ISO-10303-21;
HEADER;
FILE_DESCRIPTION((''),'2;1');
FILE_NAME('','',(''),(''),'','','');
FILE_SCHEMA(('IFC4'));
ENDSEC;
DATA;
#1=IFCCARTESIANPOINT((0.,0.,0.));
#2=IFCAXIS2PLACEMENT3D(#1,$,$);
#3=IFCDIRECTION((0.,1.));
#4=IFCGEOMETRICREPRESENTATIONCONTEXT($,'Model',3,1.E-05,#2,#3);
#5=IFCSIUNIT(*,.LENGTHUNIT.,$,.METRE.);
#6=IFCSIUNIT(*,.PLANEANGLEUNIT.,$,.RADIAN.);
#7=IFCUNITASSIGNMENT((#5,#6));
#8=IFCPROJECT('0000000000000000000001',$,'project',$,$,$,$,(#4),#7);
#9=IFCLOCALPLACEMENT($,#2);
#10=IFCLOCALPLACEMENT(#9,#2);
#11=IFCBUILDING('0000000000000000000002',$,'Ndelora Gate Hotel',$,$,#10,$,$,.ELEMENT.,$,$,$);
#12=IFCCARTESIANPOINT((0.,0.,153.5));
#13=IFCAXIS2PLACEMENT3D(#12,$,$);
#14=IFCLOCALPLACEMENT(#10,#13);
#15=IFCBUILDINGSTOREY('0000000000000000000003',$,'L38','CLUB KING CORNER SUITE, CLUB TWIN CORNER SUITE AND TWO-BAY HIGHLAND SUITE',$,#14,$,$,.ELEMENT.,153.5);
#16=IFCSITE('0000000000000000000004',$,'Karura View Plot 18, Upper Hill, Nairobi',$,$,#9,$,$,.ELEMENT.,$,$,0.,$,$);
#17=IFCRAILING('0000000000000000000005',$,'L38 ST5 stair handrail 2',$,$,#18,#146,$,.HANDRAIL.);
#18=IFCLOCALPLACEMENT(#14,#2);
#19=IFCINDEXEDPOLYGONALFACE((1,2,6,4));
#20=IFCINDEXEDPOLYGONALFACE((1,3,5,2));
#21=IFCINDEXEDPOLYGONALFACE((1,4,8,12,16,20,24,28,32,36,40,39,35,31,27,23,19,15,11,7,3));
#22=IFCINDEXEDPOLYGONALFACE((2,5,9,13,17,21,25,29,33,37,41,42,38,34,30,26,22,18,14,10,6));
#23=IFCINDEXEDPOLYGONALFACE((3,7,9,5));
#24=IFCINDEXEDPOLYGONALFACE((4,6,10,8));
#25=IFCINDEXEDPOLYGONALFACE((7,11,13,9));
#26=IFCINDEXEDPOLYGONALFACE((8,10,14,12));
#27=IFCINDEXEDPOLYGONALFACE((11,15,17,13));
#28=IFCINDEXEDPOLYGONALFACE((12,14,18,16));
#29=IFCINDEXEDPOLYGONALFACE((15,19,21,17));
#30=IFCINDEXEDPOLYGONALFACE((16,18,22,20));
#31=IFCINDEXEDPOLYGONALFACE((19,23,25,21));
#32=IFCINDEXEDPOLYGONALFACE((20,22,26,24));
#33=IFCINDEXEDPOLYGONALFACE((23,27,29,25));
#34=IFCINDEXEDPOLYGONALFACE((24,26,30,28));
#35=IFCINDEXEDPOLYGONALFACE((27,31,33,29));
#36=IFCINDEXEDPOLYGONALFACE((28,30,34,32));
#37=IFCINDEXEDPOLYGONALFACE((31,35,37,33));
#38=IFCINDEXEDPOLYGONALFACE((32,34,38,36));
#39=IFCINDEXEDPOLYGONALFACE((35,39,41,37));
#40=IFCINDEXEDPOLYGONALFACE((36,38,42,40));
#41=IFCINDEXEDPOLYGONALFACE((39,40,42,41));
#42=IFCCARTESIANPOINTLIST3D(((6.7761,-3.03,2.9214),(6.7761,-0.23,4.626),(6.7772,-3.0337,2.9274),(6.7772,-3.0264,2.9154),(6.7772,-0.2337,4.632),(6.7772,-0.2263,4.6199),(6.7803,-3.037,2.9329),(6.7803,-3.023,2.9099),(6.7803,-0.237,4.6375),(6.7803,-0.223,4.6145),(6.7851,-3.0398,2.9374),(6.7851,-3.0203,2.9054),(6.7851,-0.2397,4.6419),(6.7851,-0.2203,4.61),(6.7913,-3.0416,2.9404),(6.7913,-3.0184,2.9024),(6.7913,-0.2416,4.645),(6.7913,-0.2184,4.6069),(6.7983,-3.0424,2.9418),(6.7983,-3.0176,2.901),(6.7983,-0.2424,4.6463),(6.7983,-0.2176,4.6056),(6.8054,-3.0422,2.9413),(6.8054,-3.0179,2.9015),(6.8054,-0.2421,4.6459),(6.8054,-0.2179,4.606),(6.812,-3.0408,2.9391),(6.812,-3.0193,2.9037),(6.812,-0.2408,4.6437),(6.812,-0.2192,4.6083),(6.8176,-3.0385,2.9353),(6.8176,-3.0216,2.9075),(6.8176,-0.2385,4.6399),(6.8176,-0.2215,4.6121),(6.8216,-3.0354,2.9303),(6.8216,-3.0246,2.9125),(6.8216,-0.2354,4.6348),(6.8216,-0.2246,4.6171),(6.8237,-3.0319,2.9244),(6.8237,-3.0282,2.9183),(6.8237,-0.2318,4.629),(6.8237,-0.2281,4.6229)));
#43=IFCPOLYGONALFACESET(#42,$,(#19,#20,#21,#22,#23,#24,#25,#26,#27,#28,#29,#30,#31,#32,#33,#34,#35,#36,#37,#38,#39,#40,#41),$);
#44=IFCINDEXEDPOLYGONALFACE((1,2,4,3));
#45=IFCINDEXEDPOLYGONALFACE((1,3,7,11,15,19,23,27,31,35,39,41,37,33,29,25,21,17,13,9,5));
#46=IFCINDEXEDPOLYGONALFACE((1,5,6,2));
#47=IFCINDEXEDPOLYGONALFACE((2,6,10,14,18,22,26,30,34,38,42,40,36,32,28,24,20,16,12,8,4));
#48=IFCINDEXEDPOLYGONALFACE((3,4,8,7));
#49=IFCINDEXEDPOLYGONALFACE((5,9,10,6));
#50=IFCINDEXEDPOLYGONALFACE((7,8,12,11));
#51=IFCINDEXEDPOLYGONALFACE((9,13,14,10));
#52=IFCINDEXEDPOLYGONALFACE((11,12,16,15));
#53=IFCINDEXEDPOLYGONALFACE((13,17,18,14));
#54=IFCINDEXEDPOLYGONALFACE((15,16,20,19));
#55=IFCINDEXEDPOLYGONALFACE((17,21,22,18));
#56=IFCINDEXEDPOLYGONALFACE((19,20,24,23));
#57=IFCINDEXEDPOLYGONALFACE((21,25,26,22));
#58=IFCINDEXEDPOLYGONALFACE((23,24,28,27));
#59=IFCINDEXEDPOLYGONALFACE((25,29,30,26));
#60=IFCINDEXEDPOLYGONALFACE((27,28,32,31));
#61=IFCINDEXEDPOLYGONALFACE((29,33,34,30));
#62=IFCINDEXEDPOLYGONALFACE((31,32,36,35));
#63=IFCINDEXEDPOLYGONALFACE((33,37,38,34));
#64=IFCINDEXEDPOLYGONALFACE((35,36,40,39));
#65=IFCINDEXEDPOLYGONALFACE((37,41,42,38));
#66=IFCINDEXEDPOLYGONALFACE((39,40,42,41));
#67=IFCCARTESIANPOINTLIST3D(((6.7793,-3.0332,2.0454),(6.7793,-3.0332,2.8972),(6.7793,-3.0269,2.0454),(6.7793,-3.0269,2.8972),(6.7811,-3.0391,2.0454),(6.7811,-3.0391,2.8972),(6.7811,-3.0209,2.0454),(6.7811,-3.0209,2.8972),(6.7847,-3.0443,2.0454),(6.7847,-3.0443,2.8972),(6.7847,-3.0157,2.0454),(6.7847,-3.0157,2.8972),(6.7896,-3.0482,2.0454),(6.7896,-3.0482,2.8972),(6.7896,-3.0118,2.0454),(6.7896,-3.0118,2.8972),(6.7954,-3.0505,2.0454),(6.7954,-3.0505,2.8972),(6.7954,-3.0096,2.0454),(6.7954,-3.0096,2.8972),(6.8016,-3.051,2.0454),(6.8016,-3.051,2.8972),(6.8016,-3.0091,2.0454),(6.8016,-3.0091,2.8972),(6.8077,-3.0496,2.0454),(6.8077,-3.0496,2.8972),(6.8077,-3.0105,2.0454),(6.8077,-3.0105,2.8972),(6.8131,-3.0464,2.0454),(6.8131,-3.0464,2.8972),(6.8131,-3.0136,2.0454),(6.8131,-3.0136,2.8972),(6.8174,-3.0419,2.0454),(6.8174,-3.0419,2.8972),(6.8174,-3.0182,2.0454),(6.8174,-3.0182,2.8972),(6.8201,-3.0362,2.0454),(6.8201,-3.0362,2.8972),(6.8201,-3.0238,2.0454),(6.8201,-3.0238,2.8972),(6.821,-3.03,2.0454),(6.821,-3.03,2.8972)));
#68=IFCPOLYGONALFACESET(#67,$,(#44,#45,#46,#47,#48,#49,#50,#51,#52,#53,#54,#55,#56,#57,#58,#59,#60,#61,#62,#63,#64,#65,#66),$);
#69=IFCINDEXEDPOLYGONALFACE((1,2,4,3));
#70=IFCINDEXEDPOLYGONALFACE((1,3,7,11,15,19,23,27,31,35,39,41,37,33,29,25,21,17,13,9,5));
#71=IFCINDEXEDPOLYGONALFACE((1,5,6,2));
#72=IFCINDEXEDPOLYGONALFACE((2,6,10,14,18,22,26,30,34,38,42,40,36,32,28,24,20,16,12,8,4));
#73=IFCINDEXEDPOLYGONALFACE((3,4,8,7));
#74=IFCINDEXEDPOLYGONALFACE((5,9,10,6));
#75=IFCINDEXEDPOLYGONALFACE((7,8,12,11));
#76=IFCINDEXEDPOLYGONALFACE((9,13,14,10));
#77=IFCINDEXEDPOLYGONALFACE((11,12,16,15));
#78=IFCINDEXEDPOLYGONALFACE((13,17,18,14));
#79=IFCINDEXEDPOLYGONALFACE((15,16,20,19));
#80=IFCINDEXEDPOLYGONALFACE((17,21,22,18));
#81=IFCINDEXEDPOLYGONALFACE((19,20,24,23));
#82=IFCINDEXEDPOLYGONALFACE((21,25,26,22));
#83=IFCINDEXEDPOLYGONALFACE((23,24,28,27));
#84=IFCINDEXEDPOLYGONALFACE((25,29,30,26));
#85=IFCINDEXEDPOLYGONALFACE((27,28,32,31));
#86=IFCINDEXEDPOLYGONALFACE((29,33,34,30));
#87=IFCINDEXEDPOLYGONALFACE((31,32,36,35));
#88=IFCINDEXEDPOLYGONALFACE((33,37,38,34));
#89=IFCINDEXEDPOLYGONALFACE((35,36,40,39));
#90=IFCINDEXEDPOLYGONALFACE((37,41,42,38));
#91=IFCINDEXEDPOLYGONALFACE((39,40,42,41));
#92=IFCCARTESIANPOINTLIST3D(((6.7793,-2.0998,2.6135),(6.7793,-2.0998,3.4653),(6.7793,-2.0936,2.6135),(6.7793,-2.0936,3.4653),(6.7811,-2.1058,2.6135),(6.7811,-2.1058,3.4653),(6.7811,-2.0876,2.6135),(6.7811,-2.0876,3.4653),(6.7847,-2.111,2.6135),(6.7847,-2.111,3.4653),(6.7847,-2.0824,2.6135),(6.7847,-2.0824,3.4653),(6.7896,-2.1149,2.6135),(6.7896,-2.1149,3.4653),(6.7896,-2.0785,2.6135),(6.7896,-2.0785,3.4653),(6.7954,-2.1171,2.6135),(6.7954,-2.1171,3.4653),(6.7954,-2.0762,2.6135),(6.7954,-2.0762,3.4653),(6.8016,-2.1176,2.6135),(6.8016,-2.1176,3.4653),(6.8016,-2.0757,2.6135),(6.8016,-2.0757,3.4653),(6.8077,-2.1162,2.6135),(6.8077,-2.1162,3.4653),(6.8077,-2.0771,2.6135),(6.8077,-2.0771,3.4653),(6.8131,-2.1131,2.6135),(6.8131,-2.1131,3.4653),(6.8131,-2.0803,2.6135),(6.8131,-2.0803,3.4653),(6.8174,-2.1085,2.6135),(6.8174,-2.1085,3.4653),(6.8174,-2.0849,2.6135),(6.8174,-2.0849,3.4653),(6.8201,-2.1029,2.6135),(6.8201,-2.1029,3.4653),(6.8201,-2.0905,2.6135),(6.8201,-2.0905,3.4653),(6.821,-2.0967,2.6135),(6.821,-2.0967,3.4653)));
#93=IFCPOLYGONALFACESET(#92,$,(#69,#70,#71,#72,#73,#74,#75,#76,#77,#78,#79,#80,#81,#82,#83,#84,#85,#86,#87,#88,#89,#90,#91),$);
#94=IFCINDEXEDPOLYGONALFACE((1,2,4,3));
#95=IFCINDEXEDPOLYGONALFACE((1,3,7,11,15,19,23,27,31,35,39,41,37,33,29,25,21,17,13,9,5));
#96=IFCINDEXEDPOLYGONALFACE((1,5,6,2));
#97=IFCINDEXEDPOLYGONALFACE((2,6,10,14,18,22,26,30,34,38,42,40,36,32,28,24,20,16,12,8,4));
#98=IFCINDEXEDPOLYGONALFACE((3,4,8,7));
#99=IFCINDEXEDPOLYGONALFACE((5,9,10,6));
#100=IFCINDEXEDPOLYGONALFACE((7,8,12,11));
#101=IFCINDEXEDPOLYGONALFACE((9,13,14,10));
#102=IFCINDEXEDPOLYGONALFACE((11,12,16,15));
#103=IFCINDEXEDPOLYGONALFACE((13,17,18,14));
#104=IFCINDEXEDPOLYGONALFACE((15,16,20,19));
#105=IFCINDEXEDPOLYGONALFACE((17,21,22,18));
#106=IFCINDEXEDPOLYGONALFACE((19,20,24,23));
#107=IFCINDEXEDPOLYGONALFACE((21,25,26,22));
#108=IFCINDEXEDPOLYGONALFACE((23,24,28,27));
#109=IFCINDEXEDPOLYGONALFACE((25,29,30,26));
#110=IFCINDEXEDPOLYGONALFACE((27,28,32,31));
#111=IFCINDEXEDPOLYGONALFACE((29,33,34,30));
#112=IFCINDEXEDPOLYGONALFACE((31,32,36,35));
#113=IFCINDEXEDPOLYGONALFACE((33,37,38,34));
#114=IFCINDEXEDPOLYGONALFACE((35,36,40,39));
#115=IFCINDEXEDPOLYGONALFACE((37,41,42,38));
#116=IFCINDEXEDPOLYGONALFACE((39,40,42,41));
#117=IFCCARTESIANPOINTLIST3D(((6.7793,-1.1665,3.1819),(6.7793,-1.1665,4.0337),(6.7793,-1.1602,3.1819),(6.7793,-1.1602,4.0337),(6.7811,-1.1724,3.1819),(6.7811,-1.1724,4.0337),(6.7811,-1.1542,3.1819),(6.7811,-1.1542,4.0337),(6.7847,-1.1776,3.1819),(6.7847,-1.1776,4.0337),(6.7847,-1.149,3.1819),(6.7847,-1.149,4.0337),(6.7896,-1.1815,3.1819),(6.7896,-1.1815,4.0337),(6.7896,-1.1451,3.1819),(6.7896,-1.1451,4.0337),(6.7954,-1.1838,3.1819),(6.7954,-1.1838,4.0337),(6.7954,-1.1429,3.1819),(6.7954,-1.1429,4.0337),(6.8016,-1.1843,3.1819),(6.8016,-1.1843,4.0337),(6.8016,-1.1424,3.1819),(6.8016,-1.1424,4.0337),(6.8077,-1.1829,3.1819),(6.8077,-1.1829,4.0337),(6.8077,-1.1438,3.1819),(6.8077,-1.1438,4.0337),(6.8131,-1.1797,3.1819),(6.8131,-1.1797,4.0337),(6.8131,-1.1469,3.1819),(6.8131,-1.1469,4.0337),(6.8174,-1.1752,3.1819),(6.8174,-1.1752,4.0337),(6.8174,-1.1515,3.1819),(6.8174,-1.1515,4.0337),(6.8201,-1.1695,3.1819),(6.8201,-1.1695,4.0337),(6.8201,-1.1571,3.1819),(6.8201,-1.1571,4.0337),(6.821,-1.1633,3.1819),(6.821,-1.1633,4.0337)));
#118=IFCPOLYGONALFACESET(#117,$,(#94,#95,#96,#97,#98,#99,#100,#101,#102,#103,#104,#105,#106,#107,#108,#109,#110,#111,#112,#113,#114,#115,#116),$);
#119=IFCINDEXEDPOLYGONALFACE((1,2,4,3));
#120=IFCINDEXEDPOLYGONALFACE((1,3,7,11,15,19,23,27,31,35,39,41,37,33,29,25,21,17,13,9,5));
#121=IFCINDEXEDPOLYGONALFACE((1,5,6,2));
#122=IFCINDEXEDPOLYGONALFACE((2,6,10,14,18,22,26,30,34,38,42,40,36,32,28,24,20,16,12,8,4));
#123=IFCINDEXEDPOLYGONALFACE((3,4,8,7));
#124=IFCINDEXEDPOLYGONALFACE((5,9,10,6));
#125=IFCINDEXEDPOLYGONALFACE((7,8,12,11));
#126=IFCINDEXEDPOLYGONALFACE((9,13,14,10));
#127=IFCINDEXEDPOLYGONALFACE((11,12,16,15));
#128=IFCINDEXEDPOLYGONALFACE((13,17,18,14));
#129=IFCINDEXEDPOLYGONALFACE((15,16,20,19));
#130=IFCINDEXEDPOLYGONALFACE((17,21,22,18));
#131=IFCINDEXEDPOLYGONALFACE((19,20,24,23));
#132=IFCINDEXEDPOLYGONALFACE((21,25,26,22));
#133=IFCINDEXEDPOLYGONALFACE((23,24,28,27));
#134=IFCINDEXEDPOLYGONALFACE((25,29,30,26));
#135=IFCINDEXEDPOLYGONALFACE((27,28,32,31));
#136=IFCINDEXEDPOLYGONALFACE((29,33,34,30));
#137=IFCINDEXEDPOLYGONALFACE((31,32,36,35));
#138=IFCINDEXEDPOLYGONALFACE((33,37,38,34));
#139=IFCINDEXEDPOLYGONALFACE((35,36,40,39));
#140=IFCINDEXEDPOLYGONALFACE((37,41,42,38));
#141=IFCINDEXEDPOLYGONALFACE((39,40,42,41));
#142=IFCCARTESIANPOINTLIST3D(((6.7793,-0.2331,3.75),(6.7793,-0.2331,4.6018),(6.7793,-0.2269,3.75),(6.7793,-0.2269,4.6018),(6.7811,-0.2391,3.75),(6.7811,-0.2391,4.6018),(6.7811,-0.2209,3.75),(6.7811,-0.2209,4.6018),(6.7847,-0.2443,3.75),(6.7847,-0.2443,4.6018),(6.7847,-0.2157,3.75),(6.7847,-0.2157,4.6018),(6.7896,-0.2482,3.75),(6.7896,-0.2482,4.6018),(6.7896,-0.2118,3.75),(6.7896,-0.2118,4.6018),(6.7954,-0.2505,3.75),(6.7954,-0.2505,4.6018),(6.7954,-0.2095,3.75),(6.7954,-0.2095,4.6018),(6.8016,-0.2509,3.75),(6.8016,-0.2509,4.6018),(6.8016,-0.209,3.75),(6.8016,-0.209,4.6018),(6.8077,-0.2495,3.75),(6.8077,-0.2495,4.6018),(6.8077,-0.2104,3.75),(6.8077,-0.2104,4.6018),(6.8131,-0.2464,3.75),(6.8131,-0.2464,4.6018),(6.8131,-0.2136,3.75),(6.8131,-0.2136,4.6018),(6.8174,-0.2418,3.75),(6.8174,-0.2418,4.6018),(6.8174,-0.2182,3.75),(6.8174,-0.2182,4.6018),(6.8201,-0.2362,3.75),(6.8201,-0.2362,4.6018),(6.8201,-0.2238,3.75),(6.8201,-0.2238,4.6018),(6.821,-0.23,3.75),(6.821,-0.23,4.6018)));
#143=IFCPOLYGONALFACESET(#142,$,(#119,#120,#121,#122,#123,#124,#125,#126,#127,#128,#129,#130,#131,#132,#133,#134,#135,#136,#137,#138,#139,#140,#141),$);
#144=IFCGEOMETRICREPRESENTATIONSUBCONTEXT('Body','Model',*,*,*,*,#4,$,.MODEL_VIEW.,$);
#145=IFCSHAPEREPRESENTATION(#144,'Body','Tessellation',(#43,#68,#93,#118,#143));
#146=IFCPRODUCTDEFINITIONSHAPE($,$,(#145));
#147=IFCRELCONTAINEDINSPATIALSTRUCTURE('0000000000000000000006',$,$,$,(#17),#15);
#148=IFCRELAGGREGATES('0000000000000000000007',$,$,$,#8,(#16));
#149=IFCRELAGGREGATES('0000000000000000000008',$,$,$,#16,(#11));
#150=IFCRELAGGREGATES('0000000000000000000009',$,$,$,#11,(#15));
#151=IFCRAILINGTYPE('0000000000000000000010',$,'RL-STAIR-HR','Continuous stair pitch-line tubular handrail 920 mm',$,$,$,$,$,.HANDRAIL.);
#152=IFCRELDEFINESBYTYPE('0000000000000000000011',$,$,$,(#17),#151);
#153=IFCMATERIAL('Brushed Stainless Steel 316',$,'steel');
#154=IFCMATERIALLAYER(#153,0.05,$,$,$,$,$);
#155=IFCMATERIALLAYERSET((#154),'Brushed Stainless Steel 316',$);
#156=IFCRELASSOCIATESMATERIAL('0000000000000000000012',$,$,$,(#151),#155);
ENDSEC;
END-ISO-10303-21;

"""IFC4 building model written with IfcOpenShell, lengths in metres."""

from ifc_helpers import new_model, si_unit, direction, frame, origin, origin_2d, place, context, subcontext, project, spatial, circle, extrude, material, layer, layer_set, type_object, element, save


model = new_model("IFC4")

# Units and contexts
model_context = context("Model", 3, precision=1e-05, world=origin(), true_north=direction((0.0, 1.0)))
body_context = subcontext(model_context, "Body", "Model", "MODEL_VIEW")
ifc_project = project(units=[si_unit("LENGTHUNIT", "METRE"), si_unit("PLANEANGLEUNIT", "RADIAN")], contexts=[model_context])

# Site, building, storey
site_placement = place(None, origin())
site = spatial("IfcSite", under=ifc_project, at=site_placement, Name="Karura View Plot 18, Upper Hill, Nairobi", CompositionType="ELEMENT", RefElevation=0.0)
building_placement = place(site_placement, origin())
building = spatial("IfcBuilding", under=site, at=building_placement, Name="Ndelora Gate Hotel", CompositionType="ELEMENT")
storey_placement = place(building_placement, frame((0.0, 0.0, 153.5)))
storey = spatial("IfcBuildingStorey", under=building, at=storey_placement, Name="L38", Description="CLUB KING CORNER SUITE, CLUB TWIN CORNER SUITE AND TWO-BAY HIGHLAND SUITE", CompositionType="ELEMENT", Elevation=153.5)

# Railing
ifc_material_1 = material(Name="Brushed Stainless Steel 316", Category="steel")
ifc_layer_1 = layer(ifc_material_1, 0.05)
ifc_layer_set_1 = layer_set([ifc_layer_1], Name="Brushed Stainless Steel 316")
railing_type_1 = type_object("IfcRailingType", Name="RL-STAIR-HR", Description="Continuous stair pitch-line tubular handrail 920 mm", PredefinedType="HANDRAIL", material=ifc_layer_set_1)
railing_1_placement = place(storey_placement, frame((6.8, -3.03, 2.0454)))
element("IfcRailing", 1, at=railing_1_placement, inside=storey, type_object=railing_type_1, Name="L38 ST5 stair handrail 2", PredefinedType="HANDRAIL", context=body_context, shape_type="SweptSolid", body=[
    extrude(circle(Radius=0.0239, at=origin_2d()), frame((0.0, 0.0, 0.876), z_axis=(0.0, 0.85417, 0.519994), x_axis=(-1.0, 0.0, 0.0)), (0.0, 0.0, 1.0), 3.2781),
    extrude(circle(Radius=0.021, at=origin_2d()), origin(), (0.0, 0.0, 1.0), 0.8518),
    extrude(circle(Radius=0.021, at=origin_2d()), frame((0.0, 0.9333, 0.5681)), (0.0, 0.0, 1.0), 0.8518),
    extrude(circle(Radius=0.021, at=origin_2d()), frame((0.0, 1.8667, 1.1365)), (0.0, 0.0, 1.0), 0.8518),
    extrude(circle(Radius=0.021, at=origin_2d()), frame((0.0, 2.8, 1.7046)), (0.0, 0.0, 1.0), 0.8518),
])

save(model, "model.ifc")
